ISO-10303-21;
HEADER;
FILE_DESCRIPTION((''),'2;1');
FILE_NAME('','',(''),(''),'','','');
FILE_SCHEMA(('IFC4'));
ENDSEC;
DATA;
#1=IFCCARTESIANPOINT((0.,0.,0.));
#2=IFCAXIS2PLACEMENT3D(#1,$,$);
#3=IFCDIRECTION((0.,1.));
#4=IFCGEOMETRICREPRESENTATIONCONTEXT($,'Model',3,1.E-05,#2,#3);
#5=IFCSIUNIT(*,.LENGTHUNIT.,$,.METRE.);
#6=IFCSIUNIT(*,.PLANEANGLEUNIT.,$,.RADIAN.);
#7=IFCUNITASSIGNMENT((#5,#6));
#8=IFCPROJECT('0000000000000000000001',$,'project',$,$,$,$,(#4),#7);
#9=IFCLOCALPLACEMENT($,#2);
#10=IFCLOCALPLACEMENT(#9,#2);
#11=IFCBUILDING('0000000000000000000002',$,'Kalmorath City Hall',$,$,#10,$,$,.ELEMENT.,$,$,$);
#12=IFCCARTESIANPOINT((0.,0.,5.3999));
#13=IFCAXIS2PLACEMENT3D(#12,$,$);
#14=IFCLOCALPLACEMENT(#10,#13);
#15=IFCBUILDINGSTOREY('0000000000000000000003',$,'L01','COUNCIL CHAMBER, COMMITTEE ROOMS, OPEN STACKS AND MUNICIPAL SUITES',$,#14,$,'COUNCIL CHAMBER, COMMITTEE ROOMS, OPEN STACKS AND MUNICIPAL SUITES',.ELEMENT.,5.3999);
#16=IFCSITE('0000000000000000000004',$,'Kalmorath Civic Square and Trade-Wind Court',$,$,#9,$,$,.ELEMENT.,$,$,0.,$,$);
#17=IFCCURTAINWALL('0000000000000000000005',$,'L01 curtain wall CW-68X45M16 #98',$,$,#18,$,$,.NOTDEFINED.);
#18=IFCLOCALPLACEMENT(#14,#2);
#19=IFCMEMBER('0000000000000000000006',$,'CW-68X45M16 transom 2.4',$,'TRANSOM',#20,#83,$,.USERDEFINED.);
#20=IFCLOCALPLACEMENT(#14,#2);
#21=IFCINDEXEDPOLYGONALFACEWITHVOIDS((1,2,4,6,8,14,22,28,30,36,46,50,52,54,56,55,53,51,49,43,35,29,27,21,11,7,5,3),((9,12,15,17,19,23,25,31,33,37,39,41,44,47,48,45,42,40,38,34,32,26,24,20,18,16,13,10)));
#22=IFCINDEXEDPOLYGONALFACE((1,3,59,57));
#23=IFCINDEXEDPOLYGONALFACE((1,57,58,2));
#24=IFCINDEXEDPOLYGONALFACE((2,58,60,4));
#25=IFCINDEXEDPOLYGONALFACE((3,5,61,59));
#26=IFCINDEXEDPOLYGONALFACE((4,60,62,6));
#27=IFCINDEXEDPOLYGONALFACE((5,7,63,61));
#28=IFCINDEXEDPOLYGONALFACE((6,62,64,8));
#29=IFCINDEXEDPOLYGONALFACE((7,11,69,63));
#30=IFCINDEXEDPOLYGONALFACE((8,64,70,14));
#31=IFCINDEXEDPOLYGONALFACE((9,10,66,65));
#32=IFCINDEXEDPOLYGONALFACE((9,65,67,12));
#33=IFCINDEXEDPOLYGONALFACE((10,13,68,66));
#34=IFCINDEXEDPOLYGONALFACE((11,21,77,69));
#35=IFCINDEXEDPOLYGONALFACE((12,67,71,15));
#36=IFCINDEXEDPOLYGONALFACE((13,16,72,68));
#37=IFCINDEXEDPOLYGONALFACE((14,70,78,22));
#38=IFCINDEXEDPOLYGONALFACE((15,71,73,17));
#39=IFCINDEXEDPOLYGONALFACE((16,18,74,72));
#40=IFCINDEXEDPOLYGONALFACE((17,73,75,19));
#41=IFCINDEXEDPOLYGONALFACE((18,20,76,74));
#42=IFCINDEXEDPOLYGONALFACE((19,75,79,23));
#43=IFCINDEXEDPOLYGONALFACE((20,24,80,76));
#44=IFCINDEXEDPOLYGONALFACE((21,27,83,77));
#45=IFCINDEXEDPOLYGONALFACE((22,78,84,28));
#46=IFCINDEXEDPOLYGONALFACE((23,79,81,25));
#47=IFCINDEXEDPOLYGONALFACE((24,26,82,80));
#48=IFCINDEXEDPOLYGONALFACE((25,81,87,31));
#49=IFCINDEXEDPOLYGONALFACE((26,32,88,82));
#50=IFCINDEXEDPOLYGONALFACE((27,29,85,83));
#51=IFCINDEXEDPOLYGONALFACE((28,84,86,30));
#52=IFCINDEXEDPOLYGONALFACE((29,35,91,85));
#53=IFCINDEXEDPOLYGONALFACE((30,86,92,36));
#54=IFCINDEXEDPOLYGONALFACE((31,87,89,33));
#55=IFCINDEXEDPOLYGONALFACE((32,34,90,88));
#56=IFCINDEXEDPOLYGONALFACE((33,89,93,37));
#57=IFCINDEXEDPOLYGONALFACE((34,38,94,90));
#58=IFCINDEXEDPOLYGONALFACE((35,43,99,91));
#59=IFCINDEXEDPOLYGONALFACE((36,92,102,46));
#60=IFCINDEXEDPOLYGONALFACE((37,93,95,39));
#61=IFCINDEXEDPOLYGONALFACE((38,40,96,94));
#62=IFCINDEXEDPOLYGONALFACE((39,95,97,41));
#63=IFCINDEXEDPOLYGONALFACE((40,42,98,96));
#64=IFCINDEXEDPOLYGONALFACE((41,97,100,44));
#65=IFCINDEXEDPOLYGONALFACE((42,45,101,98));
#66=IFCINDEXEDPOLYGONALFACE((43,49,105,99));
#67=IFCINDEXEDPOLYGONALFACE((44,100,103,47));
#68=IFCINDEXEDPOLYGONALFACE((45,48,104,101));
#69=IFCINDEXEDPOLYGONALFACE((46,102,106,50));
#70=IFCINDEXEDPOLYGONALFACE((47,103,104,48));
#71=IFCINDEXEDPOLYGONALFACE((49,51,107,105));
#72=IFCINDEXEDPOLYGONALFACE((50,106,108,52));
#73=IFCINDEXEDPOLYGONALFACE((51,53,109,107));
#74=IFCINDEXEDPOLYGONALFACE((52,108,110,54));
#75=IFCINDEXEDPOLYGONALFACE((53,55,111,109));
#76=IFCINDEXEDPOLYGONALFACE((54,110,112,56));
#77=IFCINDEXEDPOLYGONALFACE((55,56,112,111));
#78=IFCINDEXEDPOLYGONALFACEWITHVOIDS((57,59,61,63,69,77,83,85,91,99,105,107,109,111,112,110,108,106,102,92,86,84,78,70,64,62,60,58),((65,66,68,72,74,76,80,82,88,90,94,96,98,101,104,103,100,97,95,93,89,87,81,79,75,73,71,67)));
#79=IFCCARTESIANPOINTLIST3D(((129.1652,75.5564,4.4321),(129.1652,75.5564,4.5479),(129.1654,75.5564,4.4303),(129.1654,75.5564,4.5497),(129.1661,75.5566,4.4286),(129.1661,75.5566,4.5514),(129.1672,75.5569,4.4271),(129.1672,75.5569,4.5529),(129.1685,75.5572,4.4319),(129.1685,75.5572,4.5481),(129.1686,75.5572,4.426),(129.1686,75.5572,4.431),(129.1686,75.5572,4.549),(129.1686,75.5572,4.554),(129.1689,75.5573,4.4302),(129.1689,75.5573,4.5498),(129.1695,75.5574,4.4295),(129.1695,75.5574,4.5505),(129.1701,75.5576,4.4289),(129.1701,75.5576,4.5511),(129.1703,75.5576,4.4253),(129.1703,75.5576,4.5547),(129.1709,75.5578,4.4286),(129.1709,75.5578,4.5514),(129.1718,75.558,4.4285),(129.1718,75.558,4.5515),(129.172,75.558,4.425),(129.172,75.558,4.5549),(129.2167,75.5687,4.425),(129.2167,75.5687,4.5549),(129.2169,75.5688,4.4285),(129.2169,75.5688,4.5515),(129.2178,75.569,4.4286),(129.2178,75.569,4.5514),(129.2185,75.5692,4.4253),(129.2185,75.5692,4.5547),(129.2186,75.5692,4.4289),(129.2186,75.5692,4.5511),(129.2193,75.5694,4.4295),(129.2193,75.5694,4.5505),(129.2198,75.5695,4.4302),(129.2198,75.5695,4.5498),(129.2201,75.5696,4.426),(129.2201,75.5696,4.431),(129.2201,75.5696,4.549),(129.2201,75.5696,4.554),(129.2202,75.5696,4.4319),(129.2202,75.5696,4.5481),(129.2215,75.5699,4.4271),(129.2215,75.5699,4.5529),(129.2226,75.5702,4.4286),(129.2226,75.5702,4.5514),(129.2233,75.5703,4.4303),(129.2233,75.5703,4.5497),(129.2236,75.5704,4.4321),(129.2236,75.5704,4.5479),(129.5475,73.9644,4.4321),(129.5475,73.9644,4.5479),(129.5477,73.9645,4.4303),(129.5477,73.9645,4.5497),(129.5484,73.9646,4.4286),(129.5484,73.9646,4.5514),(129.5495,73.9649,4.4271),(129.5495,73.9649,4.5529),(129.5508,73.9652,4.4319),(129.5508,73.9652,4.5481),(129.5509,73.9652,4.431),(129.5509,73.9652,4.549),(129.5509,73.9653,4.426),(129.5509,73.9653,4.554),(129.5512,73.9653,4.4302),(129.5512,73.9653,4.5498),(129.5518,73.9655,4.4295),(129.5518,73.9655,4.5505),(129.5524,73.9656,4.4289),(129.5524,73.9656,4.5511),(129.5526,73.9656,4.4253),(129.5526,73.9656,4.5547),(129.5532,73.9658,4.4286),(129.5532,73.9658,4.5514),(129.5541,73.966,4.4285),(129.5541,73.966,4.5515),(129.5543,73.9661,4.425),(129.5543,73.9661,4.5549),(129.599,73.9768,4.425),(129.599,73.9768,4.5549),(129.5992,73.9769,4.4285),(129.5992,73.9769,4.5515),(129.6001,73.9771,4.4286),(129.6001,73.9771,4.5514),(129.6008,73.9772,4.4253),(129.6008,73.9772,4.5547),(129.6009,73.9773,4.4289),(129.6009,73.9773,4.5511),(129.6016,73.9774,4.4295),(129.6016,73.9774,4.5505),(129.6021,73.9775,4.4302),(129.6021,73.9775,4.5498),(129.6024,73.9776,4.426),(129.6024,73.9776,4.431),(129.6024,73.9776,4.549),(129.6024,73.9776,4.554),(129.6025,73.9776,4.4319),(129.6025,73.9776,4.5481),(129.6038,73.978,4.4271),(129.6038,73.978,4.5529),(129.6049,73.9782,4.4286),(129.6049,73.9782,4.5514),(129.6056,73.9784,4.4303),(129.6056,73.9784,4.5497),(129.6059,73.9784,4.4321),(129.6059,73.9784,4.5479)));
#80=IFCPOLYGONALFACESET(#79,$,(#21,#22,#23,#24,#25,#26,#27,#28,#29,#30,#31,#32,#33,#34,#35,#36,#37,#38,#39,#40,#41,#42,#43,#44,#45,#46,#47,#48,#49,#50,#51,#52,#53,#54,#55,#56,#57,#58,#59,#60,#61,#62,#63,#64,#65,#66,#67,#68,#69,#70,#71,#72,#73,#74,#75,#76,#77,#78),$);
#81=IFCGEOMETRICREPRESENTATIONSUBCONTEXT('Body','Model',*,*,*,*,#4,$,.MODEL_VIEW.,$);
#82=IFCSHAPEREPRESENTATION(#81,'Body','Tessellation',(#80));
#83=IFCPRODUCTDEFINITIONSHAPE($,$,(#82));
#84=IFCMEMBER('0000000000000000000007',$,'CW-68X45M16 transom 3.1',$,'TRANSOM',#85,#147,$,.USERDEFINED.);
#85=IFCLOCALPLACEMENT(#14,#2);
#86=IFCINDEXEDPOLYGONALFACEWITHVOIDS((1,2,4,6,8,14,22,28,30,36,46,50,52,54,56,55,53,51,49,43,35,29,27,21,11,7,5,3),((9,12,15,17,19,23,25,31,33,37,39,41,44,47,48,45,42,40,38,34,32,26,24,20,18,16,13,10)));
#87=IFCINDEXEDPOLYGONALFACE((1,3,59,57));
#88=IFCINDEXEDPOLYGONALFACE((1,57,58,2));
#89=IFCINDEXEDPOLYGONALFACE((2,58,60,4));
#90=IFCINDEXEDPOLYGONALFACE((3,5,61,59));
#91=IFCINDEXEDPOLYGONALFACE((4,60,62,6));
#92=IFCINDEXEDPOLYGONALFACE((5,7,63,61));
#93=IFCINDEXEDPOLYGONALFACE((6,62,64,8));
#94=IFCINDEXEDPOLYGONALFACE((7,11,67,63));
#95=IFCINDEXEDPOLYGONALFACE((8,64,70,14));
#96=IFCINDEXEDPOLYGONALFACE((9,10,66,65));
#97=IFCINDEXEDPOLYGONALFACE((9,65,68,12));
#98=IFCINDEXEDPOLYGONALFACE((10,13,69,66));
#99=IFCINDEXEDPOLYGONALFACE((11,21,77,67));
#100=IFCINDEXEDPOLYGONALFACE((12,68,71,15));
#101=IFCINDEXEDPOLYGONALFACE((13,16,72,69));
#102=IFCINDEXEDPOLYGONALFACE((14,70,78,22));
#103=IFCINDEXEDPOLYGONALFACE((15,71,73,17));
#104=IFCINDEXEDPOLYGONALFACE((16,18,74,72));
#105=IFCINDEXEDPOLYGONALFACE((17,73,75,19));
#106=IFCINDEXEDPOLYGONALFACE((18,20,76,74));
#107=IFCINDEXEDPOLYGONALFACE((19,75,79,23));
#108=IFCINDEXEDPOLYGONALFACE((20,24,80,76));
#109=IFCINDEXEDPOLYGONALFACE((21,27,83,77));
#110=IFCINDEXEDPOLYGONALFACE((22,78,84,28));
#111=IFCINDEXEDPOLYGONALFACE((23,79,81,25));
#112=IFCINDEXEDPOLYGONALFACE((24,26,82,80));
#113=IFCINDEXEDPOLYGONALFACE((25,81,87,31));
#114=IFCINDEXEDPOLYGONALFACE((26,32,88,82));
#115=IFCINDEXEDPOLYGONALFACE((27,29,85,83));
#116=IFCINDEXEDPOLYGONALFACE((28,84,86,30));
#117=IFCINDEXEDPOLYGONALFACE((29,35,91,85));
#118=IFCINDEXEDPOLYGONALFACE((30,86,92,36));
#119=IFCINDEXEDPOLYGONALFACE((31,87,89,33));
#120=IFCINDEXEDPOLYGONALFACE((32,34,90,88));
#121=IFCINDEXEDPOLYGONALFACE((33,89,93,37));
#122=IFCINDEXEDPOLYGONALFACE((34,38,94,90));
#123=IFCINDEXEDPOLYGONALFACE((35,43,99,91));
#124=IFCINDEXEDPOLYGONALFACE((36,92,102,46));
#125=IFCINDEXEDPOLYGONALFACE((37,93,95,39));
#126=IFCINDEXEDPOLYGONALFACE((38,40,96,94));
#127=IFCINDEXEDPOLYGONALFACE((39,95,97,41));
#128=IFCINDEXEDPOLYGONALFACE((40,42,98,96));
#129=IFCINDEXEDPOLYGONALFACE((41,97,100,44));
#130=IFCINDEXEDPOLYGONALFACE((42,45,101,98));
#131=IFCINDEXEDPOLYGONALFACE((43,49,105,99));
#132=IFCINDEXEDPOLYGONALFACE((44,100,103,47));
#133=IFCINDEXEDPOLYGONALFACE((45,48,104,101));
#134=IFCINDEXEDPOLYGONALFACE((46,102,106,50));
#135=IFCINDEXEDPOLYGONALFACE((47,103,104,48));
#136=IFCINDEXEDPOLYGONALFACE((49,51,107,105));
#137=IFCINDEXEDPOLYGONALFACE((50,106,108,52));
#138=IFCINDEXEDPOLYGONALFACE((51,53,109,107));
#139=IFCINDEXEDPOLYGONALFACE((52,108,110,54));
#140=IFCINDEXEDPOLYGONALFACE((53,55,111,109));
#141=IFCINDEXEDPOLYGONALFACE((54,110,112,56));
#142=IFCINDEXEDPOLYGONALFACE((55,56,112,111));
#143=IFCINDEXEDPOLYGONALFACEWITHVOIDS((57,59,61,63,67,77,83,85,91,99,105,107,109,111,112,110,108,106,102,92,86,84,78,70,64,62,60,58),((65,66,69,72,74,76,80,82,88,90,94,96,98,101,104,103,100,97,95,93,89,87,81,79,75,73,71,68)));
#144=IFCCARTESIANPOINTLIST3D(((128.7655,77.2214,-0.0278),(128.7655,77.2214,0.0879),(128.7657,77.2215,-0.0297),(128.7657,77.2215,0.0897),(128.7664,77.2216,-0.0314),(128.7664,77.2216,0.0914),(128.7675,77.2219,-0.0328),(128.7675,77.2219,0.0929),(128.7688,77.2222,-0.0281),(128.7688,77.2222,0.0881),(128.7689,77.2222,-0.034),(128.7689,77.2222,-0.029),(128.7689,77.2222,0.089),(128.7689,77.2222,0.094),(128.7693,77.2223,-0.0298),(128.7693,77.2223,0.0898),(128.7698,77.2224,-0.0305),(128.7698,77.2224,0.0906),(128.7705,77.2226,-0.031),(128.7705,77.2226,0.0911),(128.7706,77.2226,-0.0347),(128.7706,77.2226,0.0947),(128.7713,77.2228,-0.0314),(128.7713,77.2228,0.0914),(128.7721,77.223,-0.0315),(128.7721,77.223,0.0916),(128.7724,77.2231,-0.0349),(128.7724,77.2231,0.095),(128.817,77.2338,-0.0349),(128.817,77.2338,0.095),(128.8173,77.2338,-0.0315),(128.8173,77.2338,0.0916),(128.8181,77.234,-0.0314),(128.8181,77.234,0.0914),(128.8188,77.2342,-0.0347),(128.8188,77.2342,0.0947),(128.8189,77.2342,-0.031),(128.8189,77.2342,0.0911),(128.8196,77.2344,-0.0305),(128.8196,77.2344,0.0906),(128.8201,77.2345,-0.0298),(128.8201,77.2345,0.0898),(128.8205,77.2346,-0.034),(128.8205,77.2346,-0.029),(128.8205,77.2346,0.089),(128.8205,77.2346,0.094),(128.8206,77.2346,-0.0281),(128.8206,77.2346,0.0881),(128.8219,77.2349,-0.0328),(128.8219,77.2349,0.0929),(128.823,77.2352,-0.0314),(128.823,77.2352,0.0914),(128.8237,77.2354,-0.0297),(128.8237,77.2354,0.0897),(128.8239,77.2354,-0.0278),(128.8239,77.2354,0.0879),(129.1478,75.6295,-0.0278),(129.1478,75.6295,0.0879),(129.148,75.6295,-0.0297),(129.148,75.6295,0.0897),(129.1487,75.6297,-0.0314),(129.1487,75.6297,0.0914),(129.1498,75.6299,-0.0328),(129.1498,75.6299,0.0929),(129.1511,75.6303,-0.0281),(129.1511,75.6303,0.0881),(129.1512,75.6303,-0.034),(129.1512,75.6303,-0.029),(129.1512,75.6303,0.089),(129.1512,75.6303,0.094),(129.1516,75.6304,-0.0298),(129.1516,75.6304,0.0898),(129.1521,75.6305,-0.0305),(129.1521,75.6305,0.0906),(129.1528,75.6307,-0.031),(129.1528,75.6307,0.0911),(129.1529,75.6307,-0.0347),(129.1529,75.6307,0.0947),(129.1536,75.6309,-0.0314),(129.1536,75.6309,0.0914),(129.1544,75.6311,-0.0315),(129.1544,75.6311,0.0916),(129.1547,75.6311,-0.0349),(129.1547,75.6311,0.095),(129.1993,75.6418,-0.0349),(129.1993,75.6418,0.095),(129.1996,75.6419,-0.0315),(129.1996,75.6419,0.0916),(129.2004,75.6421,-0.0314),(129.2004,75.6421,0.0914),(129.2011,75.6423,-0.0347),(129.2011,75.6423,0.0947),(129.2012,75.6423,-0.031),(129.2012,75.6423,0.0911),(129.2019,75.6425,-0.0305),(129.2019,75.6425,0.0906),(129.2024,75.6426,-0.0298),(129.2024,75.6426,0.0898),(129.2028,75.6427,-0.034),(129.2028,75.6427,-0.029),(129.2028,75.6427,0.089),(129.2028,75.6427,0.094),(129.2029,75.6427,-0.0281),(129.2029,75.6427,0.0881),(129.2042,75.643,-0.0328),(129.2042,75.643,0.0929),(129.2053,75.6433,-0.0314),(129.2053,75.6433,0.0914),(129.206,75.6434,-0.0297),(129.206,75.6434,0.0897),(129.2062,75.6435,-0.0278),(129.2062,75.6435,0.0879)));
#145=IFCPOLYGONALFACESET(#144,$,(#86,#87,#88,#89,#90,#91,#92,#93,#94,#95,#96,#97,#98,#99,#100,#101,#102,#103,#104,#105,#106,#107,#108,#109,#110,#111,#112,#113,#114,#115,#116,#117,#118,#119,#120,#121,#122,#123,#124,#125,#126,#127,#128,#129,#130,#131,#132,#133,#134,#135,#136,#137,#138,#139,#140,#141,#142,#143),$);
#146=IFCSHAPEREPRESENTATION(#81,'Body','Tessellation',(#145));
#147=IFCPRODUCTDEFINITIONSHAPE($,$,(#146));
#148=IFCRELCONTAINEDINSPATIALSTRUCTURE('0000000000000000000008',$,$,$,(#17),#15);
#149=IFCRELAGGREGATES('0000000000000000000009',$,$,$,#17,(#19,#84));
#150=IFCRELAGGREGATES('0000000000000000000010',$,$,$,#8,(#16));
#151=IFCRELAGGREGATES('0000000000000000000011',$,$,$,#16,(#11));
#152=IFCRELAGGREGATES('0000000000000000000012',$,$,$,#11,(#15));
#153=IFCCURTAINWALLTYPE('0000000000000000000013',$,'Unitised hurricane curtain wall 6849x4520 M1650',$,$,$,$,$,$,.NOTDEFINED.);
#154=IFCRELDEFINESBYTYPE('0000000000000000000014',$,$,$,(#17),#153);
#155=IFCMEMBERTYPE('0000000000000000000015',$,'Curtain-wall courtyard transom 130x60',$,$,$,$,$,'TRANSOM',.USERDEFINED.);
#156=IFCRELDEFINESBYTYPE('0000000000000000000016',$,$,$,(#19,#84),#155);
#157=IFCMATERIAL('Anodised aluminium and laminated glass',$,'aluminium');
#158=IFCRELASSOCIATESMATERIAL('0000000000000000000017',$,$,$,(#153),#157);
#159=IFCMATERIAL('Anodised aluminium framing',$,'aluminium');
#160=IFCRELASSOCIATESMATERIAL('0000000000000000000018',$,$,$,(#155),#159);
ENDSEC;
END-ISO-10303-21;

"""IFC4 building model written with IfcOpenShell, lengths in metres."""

from ifc_helpers import new_model, si_unit, direction, frame, origin, origin_2d, place, context, subcontext, project, spatial, hollow_rectangle, extrude, material, material_profile, profile_set, type_object, element, aggregate, save


model = new_model("IFC4")

# Units and contexts
model_context = context("Model", 3, precision=1e-05, world=origin(), true_north=direction((0.0, 1.0)))
body_context = subcontext(model_context, "Body", "Model", "MODEL_VIEW")
ifc_project = project(units=[si_unit("LENGTHUNIT", "METRE"), si_unit("PLANEANGLEUNIT", "RADIAN")], contexts=[model_context])

# Site, building, storey
site_placement = place(None, origin())
site = spatial("IfcSite", under=ifc_project, at=site_placement, Name="Kalmorath Civic Square and Trade-Wind Court", CompositionType="ELEMENT", RefElevation=0.0)
building_placement = place(site_placement, origin())
building = spatial("IfcBuilding", under=site, at=building_placement, Name="Kalmorath City Hall", CompositionType="ELEMENT")
storey_placement = place(building_placement, frame((0.0, 0.0, 5.3999)))
storey = spatial("IfcBuildingStorey", under=building, at=storey_placement, Name="L01", Description="COUNCIL CHAMBER, COMMITTEE ROOMS, OPEN STACKS AND MUNICIPAL SUITES", LongName="COUNCIL CHAMBER, COMMITTEE ROOMS, OPEN STACKS AND MUNICIPAL SUITES", CompositionType="ELEMENT", Elevation=5.3999)

# Curtain wall, members
ifc_material_1 = material(Name="Anodised aluminium and laminated glass", Category="aluminium")
curtain_wall_type = type_object("IfcCurtainWallType", Name="Unitised hurricane curtain wall 6849x4520 M1650", PredefinedType="NOTDEFINED", material=ifc_material_1)
curtain_wall_placement = place(storey_placement, origin())
curtain_wall = element("IfcCurtainWall", 1, at=curtain_wall_placement, inside=storey, type_object=curtain_wall_type, Name="L01 curtain wall CW-68X45M16 #98", PredefinedType="NOTDEFINED")
ifc_material_2 = material(Name="Anodised aluminium framing", Category="aluminium")
ifc_material_profile_1 = material_profile(ifc_material_2, hollow_rectangle(XDim=0.0601, YDim=0.1299, WallThickness=0.0034, InnerFilletRadius=0.0034, OuterFilletRadius=0.0071, at=origin_2d()), Name="ALU-TRN-130X60X3.5")
ifc_profile_set_1 = profile_set([ifc_material_profile_1], Name="Anodised aluminium framing")
member_type_1 = type_object("IfcMemberType", Name="Curtain-wall courtyard transom 130x60", ElementType="TRANSOM", PredefinedType="USERDEFINED", material=ifc_profile_set_1)
member_1_placement = place(storey_placement, frame((129.5767, 73.9714, 4.49), z_axis=(-0.233508, 0.972355, 0.0), x_axis=(-0.972355, -0.233508, 0.0)))
member_1 = element("IfcMember", 2, at=member_1_placement, type_object=member_type_1, Name="CW-68X45M16 transom 2.4", ObjectType="TRANSOM", PredefinedType="USERDEFINED", context=body_context, shape_type="SweptSolid", body=[
    extrude(hollow_rectangle(XDim=0.0601, YDim=0.1299, WallThickness=0.0034, InnerFilletRadius=0.0034, OuterFilletRadius=0.0071, at=origin_2d()), origin(), (0.0, 0.0, 1.0), 1.6372),
])
member_2_placement = place(storey_placement, frame((129.177, 75.6365, 0.03), z_axis=(-0.233508, 0.972355, 0.0), x_axis=(-0.972355, -0.233508, 0.0)))
member_2 = element("IfcMember", 3, at=member_2_placement, type_object=member_type_1, Name="CW-68X45M16 transom 3.1", ObjectType="TRANSOM", PredefinedType="USERDEFINED", context=body_context, shape_type="SweptSolid", body=[
    extrude(hollow_rectangle(XDim=0.0601, YDim=0.1299, WallThickness=0.0034, InnerFilletRadius=0.0034, OuterFilletRadius=0.0071, at=origin_2d()), origin(), (0.0, 0.0, 1.0), 1.6372),
])
aggregate(curtain_wall, [member_1, member_2])

save(model, "model.ifc")
